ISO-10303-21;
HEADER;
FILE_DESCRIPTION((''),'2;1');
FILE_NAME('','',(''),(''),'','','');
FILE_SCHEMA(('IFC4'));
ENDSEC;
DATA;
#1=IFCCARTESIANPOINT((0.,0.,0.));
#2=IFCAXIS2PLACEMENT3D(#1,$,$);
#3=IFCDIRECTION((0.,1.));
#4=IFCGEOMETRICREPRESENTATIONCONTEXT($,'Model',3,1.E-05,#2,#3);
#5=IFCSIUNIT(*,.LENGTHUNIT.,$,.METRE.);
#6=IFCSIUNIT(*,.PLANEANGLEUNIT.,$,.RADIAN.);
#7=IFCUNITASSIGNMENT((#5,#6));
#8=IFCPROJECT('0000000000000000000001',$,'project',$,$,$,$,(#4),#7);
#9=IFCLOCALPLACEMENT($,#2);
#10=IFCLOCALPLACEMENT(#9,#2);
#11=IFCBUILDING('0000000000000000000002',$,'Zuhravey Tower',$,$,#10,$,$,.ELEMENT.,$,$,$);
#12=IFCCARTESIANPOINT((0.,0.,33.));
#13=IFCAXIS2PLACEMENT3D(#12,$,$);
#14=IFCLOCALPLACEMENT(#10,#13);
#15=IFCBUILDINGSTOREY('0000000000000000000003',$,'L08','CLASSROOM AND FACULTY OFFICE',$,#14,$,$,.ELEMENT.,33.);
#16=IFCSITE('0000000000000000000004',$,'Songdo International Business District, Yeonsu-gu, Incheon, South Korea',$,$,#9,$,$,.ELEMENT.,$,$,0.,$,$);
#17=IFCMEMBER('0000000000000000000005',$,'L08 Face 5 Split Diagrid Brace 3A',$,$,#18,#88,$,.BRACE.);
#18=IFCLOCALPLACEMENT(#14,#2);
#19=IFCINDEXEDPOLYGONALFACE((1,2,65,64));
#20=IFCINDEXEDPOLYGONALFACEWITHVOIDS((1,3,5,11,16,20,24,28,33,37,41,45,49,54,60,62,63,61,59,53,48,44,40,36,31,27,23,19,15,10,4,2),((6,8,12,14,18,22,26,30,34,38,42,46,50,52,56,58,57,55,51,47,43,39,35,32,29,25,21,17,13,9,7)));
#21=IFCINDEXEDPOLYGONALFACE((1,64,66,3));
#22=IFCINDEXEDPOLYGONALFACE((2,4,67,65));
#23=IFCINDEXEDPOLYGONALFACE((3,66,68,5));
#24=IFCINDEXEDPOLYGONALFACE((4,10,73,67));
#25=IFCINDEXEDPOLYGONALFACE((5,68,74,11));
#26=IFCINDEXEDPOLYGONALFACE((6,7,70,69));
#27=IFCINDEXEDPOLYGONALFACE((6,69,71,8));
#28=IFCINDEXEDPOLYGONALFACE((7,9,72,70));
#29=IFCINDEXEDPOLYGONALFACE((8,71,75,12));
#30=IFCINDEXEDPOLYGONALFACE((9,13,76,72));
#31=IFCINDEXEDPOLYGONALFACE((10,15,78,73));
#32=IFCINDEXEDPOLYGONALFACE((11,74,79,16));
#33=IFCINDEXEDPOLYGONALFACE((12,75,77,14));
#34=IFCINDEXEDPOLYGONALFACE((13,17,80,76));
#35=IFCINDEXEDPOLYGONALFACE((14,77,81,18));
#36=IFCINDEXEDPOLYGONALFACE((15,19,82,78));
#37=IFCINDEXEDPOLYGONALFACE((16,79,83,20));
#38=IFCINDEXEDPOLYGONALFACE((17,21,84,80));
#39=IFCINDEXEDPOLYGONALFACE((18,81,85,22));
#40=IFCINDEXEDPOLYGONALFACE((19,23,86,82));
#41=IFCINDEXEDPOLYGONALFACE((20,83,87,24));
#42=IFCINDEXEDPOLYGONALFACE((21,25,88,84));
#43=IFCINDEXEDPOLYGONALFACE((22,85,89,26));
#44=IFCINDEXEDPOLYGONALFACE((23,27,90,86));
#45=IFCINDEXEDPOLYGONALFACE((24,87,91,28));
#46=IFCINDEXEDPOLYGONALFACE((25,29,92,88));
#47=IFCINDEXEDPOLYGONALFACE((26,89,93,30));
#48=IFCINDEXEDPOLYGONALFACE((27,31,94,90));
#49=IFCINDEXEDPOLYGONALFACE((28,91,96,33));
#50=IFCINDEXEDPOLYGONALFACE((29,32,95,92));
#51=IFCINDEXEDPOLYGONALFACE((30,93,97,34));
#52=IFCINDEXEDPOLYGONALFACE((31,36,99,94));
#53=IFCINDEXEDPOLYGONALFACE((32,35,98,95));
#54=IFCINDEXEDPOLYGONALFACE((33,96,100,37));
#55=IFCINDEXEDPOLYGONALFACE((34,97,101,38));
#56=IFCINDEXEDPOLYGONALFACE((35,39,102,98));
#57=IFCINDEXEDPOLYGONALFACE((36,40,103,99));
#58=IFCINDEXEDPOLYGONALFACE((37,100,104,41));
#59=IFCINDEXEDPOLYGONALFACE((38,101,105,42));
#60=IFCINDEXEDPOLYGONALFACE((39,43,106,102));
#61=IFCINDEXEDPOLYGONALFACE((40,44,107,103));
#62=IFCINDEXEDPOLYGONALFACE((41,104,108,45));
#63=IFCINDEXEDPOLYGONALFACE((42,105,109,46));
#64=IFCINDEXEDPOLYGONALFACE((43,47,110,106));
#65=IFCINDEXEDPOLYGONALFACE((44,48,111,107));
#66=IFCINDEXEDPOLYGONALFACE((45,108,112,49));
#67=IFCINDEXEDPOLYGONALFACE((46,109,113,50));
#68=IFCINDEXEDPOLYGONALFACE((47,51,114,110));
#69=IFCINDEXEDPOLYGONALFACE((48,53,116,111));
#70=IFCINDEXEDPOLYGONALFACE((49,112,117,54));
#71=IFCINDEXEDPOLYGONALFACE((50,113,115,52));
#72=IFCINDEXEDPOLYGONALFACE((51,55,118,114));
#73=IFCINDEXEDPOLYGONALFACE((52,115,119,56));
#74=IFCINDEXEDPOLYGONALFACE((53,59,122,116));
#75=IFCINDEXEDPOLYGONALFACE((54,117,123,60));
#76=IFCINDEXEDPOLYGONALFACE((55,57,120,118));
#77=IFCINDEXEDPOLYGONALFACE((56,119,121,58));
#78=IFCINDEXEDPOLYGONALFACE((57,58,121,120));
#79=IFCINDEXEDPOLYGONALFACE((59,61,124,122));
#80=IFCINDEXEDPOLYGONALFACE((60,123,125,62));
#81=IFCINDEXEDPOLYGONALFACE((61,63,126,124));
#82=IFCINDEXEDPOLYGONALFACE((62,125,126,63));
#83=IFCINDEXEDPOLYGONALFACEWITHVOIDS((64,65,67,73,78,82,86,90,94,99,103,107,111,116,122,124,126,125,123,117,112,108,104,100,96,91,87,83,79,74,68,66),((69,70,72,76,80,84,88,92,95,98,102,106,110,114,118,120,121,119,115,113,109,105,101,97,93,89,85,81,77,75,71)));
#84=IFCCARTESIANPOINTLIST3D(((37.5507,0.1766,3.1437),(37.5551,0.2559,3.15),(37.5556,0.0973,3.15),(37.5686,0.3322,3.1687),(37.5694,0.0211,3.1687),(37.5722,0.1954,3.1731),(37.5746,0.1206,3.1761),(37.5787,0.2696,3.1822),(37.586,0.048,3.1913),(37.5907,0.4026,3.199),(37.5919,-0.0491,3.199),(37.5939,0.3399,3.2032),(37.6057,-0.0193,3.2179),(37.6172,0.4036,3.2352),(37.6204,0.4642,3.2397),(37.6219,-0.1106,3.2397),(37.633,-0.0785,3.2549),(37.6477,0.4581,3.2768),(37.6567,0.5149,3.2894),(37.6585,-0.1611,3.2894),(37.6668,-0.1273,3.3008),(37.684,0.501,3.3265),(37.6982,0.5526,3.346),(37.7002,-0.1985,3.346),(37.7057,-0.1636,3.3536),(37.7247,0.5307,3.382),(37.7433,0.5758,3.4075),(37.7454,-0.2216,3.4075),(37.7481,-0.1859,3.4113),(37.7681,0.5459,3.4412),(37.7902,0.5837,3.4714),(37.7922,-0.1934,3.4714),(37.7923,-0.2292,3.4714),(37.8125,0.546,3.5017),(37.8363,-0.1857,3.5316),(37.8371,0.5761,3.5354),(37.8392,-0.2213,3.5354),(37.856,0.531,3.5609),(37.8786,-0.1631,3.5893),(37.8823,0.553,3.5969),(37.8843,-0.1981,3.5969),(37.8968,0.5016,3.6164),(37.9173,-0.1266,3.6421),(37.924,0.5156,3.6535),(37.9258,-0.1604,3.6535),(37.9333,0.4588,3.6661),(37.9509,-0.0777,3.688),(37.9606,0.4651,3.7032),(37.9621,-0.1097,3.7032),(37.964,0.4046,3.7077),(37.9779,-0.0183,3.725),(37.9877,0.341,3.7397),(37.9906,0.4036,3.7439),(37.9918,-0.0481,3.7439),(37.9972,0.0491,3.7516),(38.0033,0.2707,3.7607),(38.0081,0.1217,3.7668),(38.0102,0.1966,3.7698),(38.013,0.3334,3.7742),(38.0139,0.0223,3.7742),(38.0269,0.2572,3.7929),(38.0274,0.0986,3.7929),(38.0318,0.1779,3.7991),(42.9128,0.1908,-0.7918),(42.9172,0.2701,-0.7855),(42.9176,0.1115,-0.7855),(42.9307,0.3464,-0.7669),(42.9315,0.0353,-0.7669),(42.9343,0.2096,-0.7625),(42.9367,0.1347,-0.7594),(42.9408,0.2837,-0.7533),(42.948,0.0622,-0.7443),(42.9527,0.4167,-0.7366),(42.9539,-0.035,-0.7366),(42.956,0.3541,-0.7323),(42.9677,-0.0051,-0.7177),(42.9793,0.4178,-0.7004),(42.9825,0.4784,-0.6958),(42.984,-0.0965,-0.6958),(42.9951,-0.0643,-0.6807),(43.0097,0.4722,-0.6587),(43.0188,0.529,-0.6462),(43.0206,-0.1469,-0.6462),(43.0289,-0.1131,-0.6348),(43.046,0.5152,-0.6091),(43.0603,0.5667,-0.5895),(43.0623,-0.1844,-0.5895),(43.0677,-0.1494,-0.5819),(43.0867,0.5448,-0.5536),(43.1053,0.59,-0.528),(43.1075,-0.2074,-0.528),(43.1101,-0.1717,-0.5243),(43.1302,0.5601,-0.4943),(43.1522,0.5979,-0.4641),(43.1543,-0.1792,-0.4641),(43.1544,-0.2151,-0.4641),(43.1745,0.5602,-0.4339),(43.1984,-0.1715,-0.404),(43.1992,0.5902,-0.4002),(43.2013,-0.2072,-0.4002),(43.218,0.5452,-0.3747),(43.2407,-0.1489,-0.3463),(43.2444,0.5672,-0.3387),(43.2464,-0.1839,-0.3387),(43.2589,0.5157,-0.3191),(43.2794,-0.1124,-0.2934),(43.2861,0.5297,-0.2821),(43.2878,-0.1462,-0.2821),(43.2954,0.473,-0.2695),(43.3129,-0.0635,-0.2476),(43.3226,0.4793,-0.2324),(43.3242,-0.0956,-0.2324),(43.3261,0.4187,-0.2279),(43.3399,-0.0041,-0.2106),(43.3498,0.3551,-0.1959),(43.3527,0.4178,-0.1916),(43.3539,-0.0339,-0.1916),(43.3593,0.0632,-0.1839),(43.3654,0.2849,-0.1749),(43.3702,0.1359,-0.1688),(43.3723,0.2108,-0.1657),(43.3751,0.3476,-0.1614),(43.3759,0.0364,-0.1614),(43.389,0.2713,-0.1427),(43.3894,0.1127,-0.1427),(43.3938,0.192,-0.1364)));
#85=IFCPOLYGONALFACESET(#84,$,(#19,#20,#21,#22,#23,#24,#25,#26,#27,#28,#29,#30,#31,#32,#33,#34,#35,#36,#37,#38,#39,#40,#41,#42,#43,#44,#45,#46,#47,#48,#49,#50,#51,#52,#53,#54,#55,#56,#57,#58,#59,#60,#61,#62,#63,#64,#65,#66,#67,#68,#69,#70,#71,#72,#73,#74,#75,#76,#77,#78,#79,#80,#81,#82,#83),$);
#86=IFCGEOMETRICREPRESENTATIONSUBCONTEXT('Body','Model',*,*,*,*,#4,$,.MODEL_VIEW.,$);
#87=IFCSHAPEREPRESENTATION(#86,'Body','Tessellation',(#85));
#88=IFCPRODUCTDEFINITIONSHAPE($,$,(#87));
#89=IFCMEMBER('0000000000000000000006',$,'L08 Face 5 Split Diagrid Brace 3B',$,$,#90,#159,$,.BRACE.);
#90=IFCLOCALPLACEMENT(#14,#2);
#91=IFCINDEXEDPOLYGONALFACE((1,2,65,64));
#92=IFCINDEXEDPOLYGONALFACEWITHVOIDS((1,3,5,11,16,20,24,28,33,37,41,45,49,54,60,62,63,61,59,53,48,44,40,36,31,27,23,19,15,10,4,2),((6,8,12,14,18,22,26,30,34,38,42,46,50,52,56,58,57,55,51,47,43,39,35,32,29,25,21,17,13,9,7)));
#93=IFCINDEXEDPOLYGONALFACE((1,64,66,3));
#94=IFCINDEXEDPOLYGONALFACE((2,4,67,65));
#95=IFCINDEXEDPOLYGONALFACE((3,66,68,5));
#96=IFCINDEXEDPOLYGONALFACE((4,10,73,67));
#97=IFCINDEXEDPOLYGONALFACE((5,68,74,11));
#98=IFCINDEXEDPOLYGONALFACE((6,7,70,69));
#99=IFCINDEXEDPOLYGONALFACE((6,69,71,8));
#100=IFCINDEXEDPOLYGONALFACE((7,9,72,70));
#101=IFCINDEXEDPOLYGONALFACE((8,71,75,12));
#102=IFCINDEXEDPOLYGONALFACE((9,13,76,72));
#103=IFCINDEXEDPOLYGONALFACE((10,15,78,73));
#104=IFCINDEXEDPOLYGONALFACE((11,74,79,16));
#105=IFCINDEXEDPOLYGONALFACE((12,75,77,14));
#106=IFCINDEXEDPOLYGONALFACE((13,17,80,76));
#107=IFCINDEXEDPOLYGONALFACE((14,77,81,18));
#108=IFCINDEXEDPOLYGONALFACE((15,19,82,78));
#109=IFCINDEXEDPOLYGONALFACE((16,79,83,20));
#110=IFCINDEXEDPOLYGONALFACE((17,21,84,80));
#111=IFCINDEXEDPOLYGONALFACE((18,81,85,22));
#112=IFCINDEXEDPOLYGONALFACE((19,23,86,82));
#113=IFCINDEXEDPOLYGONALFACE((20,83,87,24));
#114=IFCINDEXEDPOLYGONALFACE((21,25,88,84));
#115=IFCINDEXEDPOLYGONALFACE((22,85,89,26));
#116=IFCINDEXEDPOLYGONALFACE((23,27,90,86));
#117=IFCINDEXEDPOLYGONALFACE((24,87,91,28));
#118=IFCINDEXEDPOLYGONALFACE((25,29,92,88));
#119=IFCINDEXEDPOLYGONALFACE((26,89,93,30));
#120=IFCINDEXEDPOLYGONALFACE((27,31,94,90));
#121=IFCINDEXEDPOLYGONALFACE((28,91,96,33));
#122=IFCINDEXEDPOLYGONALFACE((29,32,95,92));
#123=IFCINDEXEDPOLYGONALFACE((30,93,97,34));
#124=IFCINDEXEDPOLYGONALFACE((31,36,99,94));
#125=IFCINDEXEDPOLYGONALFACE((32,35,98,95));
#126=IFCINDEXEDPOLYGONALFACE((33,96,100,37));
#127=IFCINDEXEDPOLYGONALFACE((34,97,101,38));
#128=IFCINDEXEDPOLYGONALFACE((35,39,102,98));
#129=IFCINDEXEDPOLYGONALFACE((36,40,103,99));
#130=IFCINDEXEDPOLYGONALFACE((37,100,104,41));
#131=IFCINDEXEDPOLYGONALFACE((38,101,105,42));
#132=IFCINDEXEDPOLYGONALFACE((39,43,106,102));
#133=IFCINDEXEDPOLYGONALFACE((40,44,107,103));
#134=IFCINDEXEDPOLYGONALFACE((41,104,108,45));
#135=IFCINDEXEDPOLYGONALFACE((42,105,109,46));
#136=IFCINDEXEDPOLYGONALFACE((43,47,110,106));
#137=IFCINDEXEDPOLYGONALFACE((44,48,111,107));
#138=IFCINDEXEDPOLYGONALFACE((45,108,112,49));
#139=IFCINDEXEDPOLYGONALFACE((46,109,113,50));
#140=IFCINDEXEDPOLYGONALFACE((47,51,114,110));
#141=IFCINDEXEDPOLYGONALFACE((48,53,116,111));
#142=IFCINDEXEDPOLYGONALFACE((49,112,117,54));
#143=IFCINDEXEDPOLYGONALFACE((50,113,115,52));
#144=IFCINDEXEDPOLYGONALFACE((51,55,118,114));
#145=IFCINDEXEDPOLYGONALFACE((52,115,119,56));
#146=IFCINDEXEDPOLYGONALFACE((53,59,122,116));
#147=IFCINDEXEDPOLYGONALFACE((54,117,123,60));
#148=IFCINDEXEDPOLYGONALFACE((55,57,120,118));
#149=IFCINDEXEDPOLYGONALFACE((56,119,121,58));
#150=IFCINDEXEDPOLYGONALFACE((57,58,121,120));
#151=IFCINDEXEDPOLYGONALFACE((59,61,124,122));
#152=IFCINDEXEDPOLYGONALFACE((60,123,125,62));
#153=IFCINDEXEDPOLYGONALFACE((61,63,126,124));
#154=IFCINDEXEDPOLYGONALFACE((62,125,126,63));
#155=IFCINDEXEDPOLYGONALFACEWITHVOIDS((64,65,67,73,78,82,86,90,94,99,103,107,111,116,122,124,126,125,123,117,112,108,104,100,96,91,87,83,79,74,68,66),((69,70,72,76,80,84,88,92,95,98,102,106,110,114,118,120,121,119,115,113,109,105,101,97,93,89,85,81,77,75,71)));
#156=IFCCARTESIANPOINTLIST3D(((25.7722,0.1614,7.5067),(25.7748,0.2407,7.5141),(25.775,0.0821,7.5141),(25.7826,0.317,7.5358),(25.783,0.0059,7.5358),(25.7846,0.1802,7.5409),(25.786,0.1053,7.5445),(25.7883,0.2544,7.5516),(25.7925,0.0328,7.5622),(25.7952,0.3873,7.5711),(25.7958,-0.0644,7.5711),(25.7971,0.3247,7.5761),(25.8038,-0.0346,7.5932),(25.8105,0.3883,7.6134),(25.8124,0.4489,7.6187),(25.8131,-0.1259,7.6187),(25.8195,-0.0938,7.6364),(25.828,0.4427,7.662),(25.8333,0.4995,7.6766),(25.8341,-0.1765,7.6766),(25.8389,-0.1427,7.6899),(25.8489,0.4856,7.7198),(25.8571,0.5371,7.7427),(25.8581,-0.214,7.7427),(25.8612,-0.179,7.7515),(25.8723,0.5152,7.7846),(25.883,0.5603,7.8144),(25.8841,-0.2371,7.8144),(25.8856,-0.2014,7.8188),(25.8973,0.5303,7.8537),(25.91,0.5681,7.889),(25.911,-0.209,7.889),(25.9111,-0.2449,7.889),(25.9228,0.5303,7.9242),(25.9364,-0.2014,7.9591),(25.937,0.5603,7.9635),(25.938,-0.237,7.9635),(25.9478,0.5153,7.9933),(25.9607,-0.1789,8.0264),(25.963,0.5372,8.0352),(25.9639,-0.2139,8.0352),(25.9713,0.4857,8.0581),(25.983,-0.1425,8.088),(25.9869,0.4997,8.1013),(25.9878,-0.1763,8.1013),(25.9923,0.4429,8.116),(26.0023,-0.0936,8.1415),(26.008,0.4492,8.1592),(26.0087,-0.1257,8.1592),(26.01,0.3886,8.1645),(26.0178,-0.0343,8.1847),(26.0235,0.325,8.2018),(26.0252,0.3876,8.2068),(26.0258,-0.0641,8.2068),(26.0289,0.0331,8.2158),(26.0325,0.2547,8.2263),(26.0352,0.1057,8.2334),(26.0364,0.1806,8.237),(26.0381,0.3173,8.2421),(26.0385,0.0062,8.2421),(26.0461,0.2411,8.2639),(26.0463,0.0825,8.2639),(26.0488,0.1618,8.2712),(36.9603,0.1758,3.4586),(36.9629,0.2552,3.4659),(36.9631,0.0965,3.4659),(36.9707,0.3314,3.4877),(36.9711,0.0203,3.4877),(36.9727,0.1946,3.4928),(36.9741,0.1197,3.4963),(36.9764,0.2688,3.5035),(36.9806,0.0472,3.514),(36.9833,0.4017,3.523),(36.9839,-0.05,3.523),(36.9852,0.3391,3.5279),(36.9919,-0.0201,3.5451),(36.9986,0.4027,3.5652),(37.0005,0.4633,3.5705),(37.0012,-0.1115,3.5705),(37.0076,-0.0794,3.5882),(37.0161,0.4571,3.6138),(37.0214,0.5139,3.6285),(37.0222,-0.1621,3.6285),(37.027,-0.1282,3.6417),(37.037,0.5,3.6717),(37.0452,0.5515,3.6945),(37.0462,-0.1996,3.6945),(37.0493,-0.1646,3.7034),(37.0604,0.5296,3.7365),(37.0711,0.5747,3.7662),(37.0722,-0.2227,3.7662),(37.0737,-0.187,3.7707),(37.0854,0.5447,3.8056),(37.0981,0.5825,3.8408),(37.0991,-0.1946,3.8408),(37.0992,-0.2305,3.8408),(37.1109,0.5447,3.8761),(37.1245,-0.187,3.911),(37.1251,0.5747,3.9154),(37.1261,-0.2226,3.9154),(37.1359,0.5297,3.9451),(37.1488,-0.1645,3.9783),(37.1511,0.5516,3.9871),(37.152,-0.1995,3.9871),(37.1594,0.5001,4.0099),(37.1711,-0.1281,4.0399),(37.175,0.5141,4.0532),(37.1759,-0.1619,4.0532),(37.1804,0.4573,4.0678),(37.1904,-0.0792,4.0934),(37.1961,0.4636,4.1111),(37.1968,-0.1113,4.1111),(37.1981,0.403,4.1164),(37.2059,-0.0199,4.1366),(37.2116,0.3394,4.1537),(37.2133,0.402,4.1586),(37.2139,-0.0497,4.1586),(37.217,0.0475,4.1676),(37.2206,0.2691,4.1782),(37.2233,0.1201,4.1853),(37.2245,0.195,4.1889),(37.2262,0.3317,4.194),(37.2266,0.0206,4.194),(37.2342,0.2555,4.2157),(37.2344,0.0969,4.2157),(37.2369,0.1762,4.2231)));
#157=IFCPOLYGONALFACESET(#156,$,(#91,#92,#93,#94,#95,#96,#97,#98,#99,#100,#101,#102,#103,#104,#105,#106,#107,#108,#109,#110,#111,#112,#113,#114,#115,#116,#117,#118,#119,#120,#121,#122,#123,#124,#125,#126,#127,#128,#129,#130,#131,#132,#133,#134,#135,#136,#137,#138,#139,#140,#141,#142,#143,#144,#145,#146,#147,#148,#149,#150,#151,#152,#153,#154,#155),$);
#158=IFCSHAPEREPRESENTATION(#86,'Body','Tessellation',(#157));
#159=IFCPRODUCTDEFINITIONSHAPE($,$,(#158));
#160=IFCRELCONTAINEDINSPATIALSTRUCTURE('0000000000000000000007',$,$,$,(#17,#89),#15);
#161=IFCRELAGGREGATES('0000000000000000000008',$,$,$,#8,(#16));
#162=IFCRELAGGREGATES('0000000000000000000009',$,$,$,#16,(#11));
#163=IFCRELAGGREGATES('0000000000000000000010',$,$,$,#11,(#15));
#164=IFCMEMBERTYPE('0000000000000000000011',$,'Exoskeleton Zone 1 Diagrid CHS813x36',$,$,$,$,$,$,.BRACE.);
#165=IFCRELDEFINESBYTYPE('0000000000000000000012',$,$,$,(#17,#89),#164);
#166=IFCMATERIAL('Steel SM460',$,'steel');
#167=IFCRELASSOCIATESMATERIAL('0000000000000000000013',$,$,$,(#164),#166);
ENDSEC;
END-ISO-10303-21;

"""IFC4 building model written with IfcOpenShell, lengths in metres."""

from ifc_helpers import new_model, si_unit, direction, frame, origin, origin_2d, place, context, subcontext, project, spatial, hollow_circle, extrude, material, material_profile, profile_set, type_object, element, save


model = new_model("IFC4")

# Units and contexts
model_context = context("Model", 3, precision=1e-05, world=origin(), true_north=direction((0.0, 1.0)))
body_context = subcontext(model_context, "Body", "Model", "MODEL_VIEW")
ifc_project = project(units=[si_unit("LENGTHUNIT", "METRE"), si_unit("PLANEANGLEUNIT", "RADIAN")], contexts=[model_context])

# Site, building, storey
site_placement = place(None, origin())
site = spatial("IfcSite", under=ifc_project, at=site_placement, Name="Songdo International Business District, Yeonsu-gu, Incheon, South Korea", CompositionType="ELEMENT", RefElevation=0.0)
building_placement = place(site_placement, origin())
building = spatial("IfcBuilding", under=site, at=building_placement, Name="Zuhravey Tower", CompositionType="ELEMENT")
storey_placement = place(building_placement, frame((0.0, 0.0, 33.0)))
storey = spatial("IfcBuildingStorey", under=building, at=storey_placement, Name="L08", Description="CLASSROOM AND FACULTY OFFICE", CompositionType="ELEMENT", Elevation=33.0)

# Members
ifc_material_1 = material(Name="Steel SM460", Category="steel")
ifc_material_profile_1 = material_profile(ifc_material_1, hollow_circle(Radius=0.4065, WallThickness=0.0359, at=origin_2d()), Name="CHS-812.8x36")
ifc_profile_set_1 = profile_set([ifc_material_profile_1], Name="Steel SM460")
member_type_1 = type_object("IfcMemberType", Name="Exoskeleton Zone 1 Diagrid CHS813x36", PredefinedType="BRACE", material=ifc_profile_set_1)
member_1_placement = place(storey_placement, frame((43.1533, 0.1914, -0.4641), z_axis=(-0.806162, -0.002129, 0.591692), x_axis=(0.002641, -0.999997, 0.0)))
element("IfcMember", 1, at=member_1_placement, inside=storey, type_object=member_type_1, Name="L08 Face 5 Split Diagrid Brace 3A", PredefinedType="BRACE", context=body_context, shape_type="SweptSolid", body=[
    extrude(hollow_circle(Radius=0.4065, WallThickness=0.0359, at=origin_2d()), origin(), (0.0, 0.0, 1.0), 6.6514),
])
member_2_placement = place(storey_placement, frame((37.0986, 0.176, 3.8408), z_axis=(-0.940339, -0.001211, 0.340238), x_axis=(0.001287, -0.999999, 0.0)))
element("IfcMember", 2, at=member_2_placement, inside=storey, type_object=member_type_1, Name="L08 Face 5 Split Diagrid Brace 3B", PredefinedType="BRACE", context=body_context, shape_type="SweptSolid", body=[
    extrude(hollow_circle(Radius=0.4065, WallThickness=0.0359, at=origin_2d()), origin(), (0.0, 0.0, 1.0), 11.8979),
])

save(model, "model.ifc")
